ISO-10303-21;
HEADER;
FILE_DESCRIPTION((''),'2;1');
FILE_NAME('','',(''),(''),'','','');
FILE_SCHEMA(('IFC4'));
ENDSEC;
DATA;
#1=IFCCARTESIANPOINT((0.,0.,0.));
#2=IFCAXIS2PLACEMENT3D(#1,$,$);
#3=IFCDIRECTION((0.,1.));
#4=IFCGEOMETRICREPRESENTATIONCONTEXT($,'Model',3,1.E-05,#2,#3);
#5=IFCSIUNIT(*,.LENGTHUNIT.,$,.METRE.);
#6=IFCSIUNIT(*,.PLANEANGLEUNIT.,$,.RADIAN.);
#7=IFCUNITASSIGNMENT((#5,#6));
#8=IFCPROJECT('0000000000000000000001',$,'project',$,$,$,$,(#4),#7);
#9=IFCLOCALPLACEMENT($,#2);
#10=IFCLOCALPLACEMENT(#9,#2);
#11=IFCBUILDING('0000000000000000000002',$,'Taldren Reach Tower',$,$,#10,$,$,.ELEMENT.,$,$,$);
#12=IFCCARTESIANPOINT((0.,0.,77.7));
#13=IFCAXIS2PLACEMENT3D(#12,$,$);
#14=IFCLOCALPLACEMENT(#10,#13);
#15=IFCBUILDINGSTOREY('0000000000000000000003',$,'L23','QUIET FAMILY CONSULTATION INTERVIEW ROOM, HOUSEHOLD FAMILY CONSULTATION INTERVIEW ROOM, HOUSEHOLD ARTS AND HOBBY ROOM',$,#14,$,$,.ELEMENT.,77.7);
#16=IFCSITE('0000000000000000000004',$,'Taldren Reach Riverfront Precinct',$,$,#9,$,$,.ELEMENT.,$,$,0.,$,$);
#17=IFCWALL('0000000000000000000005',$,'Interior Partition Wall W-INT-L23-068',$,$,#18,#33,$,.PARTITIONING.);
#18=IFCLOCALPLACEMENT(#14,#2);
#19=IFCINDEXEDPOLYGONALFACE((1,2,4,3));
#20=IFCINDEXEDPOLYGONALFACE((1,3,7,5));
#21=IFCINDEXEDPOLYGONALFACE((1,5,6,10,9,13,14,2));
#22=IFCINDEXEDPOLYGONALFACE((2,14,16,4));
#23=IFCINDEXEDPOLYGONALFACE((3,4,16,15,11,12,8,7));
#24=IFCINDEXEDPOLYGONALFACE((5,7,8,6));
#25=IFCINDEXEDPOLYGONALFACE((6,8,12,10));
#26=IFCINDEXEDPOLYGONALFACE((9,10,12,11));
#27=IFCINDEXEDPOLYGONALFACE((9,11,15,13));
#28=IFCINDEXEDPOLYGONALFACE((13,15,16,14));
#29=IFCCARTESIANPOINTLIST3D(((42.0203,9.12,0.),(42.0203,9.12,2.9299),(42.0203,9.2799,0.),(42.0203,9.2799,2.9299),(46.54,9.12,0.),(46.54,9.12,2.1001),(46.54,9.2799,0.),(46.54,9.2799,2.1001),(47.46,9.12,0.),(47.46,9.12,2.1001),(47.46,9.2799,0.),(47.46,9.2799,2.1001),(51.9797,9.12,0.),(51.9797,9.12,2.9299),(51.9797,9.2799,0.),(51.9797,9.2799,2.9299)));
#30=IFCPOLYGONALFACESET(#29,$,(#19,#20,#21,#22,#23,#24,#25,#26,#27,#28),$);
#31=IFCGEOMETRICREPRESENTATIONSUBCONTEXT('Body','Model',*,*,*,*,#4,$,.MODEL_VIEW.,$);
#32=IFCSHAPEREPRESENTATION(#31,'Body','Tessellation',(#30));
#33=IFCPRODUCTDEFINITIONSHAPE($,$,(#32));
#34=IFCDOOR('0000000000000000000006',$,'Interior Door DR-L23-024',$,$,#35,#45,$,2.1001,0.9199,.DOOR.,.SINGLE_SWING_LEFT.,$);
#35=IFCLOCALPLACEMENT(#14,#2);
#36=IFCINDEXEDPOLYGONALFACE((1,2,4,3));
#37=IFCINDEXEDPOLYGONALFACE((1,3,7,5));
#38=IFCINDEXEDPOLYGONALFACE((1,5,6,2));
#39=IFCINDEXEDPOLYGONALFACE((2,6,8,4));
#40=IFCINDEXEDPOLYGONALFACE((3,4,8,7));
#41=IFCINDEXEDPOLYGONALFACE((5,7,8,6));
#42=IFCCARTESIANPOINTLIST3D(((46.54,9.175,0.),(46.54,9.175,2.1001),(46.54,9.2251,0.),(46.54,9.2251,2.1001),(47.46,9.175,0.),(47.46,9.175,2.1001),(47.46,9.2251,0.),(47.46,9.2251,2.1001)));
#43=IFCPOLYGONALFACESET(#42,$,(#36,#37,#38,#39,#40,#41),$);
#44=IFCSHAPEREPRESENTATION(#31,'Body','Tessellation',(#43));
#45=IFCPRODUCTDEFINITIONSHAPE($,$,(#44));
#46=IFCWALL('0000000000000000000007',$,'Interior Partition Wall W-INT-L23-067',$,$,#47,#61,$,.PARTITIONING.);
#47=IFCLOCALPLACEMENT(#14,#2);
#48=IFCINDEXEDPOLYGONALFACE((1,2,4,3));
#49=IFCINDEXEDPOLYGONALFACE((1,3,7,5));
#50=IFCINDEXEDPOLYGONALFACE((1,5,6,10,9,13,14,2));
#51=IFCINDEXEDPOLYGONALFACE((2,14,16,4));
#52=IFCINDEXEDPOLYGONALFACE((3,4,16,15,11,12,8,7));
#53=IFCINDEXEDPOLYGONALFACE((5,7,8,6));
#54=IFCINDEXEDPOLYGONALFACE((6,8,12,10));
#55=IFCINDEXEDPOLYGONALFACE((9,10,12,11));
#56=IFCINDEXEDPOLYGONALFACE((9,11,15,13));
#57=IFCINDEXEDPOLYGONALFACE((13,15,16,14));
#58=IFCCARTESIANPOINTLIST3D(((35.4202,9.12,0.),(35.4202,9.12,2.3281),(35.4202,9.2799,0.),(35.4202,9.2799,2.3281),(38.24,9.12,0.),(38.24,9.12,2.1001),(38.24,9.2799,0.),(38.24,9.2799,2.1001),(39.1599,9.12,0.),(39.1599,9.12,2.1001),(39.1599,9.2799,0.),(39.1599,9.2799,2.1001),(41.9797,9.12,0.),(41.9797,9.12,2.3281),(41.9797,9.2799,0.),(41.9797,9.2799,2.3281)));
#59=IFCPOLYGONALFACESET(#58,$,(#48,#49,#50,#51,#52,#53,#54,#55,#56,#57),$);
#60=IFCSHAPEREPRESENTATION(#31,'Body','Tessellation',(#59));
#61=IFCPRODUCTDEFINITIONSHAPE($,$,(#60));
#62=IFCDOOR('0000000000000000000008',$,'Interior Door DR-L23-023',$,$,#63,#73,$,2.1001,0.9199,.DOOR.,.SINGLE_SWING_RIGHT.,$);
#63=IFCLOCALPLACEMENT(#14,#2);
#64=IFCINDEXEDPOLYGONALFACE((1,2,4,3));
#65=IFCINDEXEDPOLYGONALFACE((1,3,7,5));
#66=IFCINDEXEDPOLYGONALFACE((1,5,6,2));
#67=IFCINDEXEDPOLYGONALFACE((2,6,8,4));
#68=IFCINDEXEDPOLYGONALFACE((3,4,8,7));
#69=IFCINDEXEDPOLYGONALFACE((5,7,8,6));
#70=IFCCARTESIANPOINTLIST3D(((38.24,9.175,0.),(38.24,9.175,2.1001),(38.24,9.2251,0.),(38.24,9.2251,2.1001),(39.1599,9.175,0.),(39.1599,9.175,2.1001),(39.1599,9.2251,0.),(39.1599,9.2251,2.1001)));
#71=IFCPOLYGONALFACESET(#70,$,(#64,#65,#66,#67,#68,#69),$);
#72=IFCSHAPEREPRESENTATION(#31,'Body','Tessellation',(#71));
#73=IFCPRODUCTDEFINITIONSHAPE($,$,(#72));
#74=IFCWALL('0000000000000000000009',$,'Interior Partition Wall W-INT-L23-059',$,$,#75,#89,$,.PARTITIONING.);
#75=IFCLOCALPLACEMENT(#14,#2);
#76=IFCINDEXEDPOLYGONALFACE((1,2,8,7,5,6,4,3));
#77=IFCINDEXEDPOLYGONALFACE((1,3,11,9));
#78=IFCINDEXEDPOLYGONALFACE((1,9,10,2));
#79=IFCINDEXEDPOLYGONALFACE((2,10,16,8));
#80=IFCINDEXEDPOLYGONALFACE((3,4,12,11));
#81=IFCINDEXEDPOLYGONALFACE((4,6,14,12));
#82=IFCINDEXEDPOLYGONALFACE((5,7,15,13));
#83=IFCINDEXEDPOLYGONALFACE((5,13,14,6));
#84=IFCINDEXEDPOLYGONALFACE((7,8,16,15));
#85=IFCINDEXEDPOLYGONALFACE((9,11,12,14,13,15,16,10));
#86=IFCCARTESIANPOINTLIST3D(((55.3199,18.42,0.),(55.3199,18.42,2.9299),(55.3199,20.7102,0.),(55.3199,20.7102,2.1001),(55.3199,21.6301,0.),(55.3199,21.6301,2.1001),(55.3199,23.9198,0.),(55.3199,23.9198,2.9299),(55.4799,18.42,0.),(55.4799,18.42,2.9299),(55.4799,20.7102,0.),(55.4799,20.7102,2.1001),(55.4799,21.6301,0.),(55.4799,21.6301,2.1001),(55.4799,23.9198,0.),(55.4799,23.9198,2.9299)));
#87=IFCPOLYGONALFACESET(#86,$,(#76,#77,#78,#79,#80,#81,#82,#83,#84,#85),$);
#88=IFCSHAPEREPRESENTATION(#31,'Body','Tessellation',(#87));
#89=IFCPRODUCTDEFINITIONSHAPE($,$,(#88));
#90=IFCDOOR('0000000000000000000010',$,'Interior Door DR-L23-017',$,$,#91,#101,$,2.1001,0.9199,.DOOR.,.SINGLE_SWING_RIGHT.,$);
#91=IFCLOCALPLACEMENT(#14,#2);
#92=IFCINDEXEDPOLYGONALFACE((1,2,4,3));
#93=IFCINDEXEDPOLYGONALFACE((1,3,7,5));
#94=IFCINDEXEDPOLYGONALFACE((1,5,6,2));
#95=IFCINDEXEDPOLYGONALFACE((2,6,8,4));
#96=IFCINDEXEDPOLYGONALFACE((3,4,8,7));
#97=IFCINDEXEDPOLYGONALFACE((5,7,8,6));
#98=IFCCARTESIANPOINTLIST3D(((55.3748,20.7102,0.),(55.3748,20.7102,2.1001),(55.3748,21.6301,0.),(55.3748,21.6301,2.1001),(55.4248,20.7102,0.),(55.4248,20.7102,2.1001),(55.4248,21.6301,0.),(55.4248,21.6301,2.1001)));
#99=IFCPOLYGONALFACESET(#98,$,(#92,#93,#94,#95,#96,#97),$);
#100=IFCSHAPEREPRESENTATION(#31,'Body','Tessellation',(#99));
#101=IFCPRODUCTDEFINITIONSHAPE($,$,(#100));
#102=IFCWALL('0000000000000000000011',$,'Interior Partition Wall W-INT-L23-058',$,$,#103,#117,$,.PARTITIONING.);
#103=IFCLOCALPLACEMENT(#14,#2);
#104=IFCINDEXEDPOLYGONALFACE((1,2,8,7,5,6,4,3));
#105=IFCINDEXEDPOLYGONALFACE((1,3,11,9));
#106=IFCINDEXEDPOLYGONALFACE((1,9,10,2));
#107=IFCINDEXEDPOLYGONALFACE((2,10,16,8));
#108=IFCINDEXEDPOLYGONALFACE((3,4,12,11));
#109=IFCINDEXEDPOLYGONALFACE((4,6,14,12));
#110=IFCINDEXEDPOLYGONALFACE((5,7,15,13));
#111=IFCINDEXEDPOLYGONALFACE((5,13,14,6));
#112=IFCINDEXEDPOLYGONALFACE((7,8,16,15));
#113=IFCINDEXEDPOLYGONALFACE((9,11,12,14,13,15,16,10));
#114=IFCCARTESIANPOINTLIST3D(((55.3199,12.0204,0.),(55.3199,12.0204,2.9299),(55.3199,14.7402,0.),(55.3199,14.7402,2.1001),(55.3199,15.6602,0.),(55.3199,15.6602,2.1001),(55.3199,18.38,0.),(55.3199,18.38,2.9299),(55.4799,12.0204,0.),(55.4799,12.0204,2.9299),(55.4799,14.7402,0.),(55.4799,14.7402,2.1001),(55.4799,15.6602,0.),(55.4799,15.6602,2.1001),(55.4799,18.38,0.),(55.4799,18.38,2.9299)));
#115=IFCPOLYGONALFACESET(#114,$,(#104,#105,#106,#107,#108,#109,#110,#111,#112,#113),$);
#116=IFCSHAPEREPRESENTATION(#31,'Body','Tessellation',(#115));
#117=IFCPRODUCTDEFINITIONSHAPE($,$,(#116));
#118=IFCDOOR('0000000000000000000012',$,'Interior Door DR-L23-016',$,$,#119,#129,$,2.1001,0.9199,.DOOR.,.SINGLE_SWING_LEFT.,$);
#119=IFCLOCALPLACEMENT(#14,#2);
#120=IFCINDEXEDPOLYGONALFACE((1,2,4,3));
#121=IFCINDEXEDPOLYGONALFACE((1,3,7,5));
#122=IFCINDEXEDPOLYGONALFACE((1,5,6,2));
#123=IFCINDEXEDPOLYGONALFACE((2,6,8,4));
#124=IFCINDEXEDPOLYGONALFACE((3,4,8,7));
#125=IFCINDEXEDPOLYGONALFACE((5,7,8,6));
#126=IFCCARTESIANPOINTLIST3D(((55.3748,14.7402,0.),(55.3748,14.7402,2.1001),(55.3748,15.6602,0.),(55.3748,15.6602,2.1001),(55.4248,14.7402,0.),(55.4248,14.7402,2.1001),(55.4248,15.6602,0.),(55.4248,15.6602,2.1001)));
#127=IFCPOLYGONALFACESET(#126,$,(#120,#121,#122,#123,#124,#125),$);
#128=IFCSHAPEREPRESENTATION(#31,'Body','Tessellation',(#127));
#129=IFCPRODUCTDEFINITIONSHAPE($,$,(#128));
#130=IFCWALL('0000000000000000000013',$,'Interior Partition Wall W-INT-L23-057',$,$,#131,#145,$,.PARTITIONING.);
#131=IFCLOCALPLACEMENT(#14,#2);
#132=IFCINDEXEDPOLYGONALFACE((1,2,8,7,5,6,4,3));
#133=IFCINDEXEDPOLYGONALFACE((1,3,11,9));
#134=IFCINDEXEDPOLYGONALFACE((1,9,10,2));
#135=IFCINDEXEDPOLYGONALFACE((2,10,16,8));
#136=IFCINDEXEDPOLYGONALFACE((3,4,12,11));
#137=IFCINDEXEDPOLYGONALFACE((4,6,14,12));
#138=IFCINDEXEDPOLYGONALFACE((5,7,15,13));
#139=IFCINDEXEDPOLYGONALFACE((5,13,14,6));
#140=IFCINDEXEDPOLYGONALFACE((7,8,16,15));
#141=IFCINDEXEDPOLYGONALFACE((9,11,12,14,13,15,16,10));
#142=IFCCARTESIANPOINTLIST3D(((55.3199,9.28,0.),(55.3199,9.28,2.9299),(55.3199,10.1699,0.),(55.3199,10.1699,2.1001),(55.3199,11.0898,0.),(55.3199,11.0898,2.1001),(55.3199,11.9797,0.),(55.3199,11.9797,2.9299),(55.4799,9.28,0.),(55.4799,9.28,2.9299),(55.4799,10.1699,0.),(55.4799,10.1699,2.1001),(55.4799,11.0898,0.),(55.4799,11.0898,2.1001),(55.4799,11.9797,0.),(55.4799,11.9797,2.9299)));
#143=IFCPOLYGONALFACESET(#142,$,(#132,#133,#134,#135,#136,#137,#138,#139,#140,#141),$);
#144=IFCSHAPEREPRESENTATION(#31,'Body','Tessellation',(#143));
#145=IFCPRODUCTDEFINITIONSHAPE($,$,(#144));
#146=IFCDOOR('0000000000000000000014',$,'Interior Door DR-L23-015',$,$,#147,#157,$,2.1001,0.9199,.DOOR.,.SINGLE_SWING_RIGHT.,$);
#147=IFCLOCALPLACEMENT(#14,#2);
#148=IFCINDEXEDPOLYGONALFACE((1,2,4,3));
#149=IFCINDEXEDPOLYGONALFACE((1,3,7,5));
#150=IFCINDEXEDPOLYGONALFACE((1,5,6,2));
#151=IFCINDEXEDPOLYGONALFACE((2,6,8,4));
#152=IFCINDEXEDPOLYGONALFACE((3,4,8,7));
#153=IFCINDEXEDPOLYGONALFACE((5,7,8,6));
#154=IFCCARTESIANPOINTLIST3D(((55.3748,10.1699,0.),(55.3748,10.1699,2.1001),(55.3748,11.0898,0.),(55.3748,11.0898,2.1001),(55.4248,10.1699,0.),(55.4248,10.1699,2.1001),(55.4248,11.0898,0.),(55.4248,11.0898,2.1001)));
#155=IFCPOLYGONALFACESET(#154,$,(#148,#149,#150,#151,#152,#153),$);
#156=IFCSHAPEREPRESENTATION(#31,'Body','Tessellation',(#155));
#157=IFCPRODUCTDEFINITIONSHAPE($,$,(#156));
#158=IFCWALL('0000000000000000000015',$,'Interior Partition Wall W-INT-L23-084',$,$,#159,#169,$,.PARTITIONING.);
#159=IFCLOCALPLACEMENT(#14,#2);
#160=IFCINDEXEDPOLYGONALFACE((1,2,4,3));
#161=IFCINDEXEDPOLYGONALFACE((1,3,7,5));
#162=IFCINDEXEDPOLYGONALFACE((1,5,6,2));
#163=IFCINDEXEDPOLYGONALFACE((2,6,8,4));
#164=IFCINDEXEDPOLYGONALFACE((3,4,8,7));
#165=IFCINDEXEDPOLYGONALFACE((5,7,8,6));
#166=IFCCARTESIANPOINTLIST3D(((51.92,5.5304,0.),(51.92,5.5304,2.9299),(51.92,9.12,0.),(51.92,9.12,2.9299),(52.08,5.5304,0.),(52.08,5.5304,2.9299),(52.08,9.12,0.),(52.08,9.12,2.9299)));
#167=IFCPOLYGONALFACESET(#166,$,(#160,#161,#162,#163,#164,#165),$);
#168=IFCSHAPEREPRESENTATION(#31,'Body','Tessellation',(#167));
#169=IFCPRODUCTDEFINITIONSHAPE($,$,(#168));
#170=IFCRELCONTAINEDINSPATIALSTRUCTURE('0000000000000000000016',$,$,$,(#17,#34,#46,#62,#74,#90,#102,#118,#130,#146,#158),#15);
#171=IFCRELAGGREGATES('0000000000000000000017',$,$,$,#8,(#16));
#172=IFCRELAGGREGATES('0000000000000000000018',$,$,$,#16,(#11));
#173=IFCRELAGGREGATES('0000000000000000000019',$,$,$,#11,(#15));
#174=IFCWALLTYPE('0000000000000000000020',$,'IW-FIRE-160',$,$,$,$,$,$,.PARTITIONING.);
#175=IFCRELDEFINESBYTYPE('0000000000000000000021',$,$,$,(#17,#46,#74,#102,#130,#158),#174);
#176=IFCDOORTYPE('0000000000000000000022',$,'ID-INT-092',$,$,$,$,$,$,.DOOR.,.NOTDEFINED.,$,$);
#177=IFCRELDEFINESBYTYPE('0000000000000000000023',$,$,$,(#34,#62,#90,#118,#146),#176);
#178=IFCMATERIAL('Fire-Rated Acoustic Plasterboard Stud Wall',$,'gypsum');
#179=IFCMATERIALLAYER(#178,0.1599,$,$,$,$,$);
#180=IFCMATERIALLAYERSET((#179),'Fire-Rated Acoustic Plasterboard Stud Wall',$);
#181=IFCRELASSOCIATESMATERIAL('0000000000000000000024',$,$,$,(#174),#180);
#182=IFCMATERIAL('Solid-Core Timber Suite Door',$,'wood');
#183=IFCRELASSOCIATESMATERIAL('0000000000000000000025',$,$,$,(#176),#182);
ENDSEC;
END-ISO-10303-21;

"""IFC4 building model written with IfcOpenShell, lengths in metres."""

from ifc_helpers import new_model, si_unit, direction, frame, frame_2d, origin, place, context, subcontext, project, spatial, rectangle, extrude, source, transform, mapped, material, layer, layer_set, type_object, element, fill, save


model = new_model("IFC4")

# Units and contexts
model_context = context("Model", 3, precision=1e-05, world=origin(), true_north=direction((0.0, 1.0)))
body_context = subcontext(model_context, "Body", "Model", "MODEL_VIEW")
ifc_project = project(units=[si_unit("LENGTHUNIT", "METRE"), si_unit("PLANEANGLEUNIT", "RADIAN")], contexts=[model_context])

# Site, building, storey
site_placement = place(None, origin())
site = spatial("IfcSite", under=ifc_project, at=site_placement, Name="Taldren Reach Riverfront Precinct", CompositionType="ELEMENT", RefElevation=0.0)
building_placement = place(site_placement, origin())
building = spatial("IfcBuilding", under=site, at=building_placement, Name="Taldren Reach Tower", CompositionType="ELEMENT")
storey_placement = place(building_placement, frame((0.0, 0.0, 77.7)))
storey = spatial("IfcBuildingStorey", under=building, at=storey_placement, Name="L23", Description="QUIET FAMILY CONSULTATION INTERVIEW ROOM, HOUSEHOLD FAMILY CONSULTATION INTERVIEW ROOM, HOUSEHOLD ARTS AND HOBBY ROOM", CompositionType="ELEMENT", Elevation=77.7)

# Shared definitions
ifc_material_1 = material(Name="Fire-Rated Acoustic Plasterboard Stud Wall", Category="gypsum")
ifc_layer_1 = layer(ifc_material_1, 0.1599)
ifc_layer_set_1 = layer_set([ifc_layer_1], Name="Fire-Rated Acoustic Plasterboard Stud Wall")
wall_type_1 = type_object("IfcWallType", Name="IW-FIRE-160", PredefinedType="PARTITIONING", material=ifc_layer_set_1)

# Shared definitions
shared_shape_1 = source(origin(), body_context, "Body", "SweptSolid", [
    extrude(rectangle(XDim=0.9199, YDim=2.1001, at=frame_2d((0.46, 1.05))), frame((0.0, 0.0898, 0.0), z_axis=(0.0, -1.0, 0.0), x_axis=(1.0, 0.0, 0.0)), (0.0, 0.0, 1.0), 0.1799),
])
ifc_material_2 = material(Name="Solid-Core Timber Suite Door", Category="wood")
door_type_1 = type_object("IfcDoorType", Name="ID-INT-092", OperationType="NOTDEFINED", PredefinedType="DOOR", material=ifc_material_2)
shared_shape_2 = source(origin(), body_context, "Body", "SweptSolid", [
    extrude(rectangle(XDim=0.9199, YDim=2.1001, at=frame_2d((0.46, 1.05))), frame((0.0, 0.0249, 0.0), z_axis=(0.0, -1.0, 0.0), x_axis=(1.0, 0.0, 0.0)), (0.0, 0.0, 1.0), 0.05),
])

# Walls, openings, doors
shared_shape_3 = source(origin(), body_context, "Body", "SweptSolid", [
    extrude(rectangle(XDim=9.9595, YDim=0.1599, at=frame_2d((4.9797, 0.0))), origin(), (0.0, 0.0, 1.0), 2.9299),
])
wall_1_placement = place(storey_placement, frame((51.9797, 9.2, 0.0), z_axis=(0.0, 0.0, 1.0), x_axis=(-1.0, 0.0, 0.0)))
wall_1 = element("IfcWall", 1, at=wall_1_placement, inside=storey, type_object=wall_type_1, Name="Interior Partition Wall W-INT-L23-068", PredefinedType="PARTITIONING", context=body_context, shape_type="MappedRepresentation", body=[
    mapped(shared_shape_3, transform((0.0, 0.0, 0.0), scale=1.0)),
])
opening_1_placement = place(wall_1_placement, frame((4.5198, 0.0, 0.0)))
opening_1 = element("IfcOpeningElement", 2, at=opening_1_placement, cuts=wall_1, PredefinedType="OPENING", context=body_context, shape_type="MappedRepresentation", body=[
    mapped(shared_shape_1, transform((0.0, 0.0, 0.0), scale=1.0)),
])
door_1_placement = place(opening_1_placement, origin())
door_1 = element("IfcDoor", 3, at=door_1_placement, inside=storey, type_object=door_type_1, Name="Interior Door DR-L23-024", OperationType="SINGLE_SWING_LEFT", OverallHeight=2.1001, OverallWidth=0.9199, PredefinedType="DOOR", context=body_context, shape_type="MappedRepresentation", body=[
    mapped(shared_shape_2, transform((0.0, 0.0, 0.0), scale=1.0)),
])
fill(opening_1, door_1)
shared_shape_4 = source(origin(), body_context, "Body", "SweptSolid", [
    extrude(rectangle(XDim=6.5596, YDim=0.1599, at=frame_2d((3.2798, 0.0))), origin(), (0.0, 0.0, 1.0), 2.3281),
])
wall_2_placement = place(storey_placement, frame((41.9797, 9.2, 0.0), z_axis=(0.0, 0.0, 1.0), x_axis=(-1.0, 0.0, 0.0)))
wall_2 = element("IfcWall", 4, at=wall_2_placement, inside=storey, type_object=wall_type_1, Name="Interior Partition Wall W-INT-L23-067", PredefinedType="PARTITIONING", context=body_context, shape_type="MappedRepresentation", body=[
    mapped(shared_shape_4, transform((0.0, 0.0, 0.0), scale=1.0)),
])
opening_2_placement = place(wall_2_placement, frame((2.8198, 0.0, 0.0)))
opening_2 = element("IfcOpeningElement", 5, at=opening_2_placement, cuts=wall_2, PredefinedType="OPENING", context=body_context, shape_type="MappedRepresentation", body=[
    mapped(shared_shape_1, transform((0.0, 0.0, 0.0), scale=1.0)),
])
door_2_placement = place(opening_2_placement, origin())
door_2 = element("IfcDoor", 6, at=door_2_placement, inside=storey, type_object=door_type_1, Name="Interior Door DR-L23-023", OperationType="SINGLE_SWING_RIGHT", OverallHeight=2.1001, OverallWidth=0.9199, PredefinedType="DOOR", context=body_context, shape_type="MappedRepresentation", body=[
    mapped(shared_shape_2, transform((0.0, 0.0, 0.0), scale=1.0)),
])
fill(opening_2, door_2)
shared_shape_5 = source(origin(), body_context, "Body", "SweptSolid", [
    extrude(rectangle(XDim=5.4998, YDim=0.1599, at=frame_2d((2.75, 0.0))), origin(), (0.0, 0.0, 1.0), 2.9299),
])
wall_3_placement = place(storey_placement, frame((55.3999, 23.9199, 0.0), z_axis=(0.0, 0.0, 1.0), x_axis=(0.0, -1.0, 0.0)))
wall_3 = element("IfcWall", 7, at=wall_3_placement, inside=storey, type_object=wall_type_1, Name="Interior Partition Wall W-INT-L23-059", PredefinedType="PARTITIONING", context=body_context, shape_type="MappedRepresentation", body=[
    mapped(shared_shape_5, transform((0.0, 0.0, 0.0), scale=1.0)),
])
opening_3_placement = place(wall_3_placement, frame((2.2898, 0.0, 0.0)))
opening_3 = element("IfcOpeningElement", 8, at=opening_3_placement, cuts=wall_3, PredefinedType="OPENING", context=body_context, shape_type="MappedRepresentation", body=[
    mapped(shared_shape_1, transform((0.0, 0.0, 0.0), scale=1.0)),
])
door_3_placement = place(opening_3_placement, origin())
door_3 = element("IfcDoor", 9, at=door_3_placement, inside=storey, type_object=door_type_1, Name="Interior Door DR-L23-017", OperationType="SINGLE_SWING_RIGHT", OverallHeight=2.1001, OverallWidth=0.9199, PredefinedType="DOOR", context=body_context, shape_type="MappedRepresentation", body=[
    mapped(shared_shape_2, transform((0.0, 0.0, 0.0), scale=1.0)),
])
fill(opening_3, door_3)
shared_shape_6 = source(origin(), body_context, "Body", "SweptSolid", [
    extrude(rectangle(XDim=6.3596, YDim=0.1599, at=frame_2d((3.1797, 0.0))), origin(), (0.0, 0.0, 1.0), 2.9299),
])
wall_4_placement = place(storey_placement, frame((55.3999, 18.3799, 0.0), z_axis=(0.0, 0.0, 1.0), x_axis=(0.0, -1.0, 0.0)))
wall_4 = element("IfcWall", 10, at=wall_4_placement, inside=storey, type_object=wall_type_1, Name="Interior Partition Wall W-INT-L23-058", PredefinedType="PARTITIONING", context=body_context, shape_type="MappedRepresentation", body=[
    mapped(shared_shape_6, transform((0.0, 0.0, 0.0), scale=1.0)),
])
opening_4_placement = place(wall_4_placement, frame((2.7197, 0.0, 0.0)))
opening_4 = element("IfcOpeningElement", 11, at=opening_4_placement, cuts=wall_4, PredefinedType="OPENING", context=body_context, shape_type="MappedRepresentation", body=[
    mapped(shared_shape_1, transform((0.0, 0.0, 0.0), scale=1.0)),
])
door_4_placement = place(opening_4_placement, origin())
door_4 = element("IfcDoor", 12, at=door_4_placement, inside=storey, type_object=door_type_1, Name="Interior Door DR-L23-016", OperationType="SINGLE_SWING_LEFT", OverallHeight=2.1001, OverallWidth=0.9199, PredefinedType="DOOR", context=body_context, shape_type="MappedRepresentation", body=[
    mapped(shared_shape_2, transform((0.0, 0.0, 0.0), scale=1.0)),
])
fill(opening_4, door_4)
shared_shape_7 = source(origin(), body_context, "Body", "SweptSolid", [
    extrude(rectangle(XDim=2.6997, YDim=0.1599, at=frame_2d((1.3499, 0.0))), origin(), (0.0, 0.0, 1.0), 2.9299),
])
wall_5_placement = place(storey_placement, frame((55.3999, 11.9797, 0.0), z_axis=(0.0, 0.0, 1.0), x_axis=(0.0, -1.0, 0.0)))
wall_5 = element("IfcWall", 13, at=wall_5_placement, inside=storey, type_object=wall_type_1, Name="Interior Partition Wall W-INT-L23-057", PredefinedType="PARTITIONING", context=body_context, shape_type="MappedRepresentation", body=[
    mapped(shared_shape_7, transform((0.0, 0.0, 0.0), scale=1.0)),
])
opening_5_placement = place(wall_5_placement, frame((0.8899, 0.0, 0.0)))
opening_5 = element("IfcOpeningElement", 14, at=opening_5_placement, cuts=wall_5, PredefinedType="OPENING", context=body_context, shape_type="MappedRepresentation", body=[
    mapped(shared_shape_1, transform((0.0, 0.0, 0.0), scale=1.0)),
])
door_5_placement = place(opening_5_placement, origin())
door_5 = element("IfcDoor", 15, at=door_5_placement, inside=storey, type_object=door_type_1, Name="Interior Door DR-L23-015", OperationType="SINGLE_SWING_RIGHT", OverallHeight=2.1001, OverallWidth=0.9199, PredefinedType="DOOR", context=body_context, shape_type="MappedRepresentation", body=[
    mapped(shared_shape_2, transform((0.0, 0.0, 0.0), scale=1.0)),
])
fill(opening_5, door_5)

# Wall
shared_shape_8 = source(origin(), body_context, "Body", "SweptSolid", [
    extrude(rectangle(XDim=3.5896, YDim=0.1599, at=frame_2d((1.7949, 0.0))), origin(), (0.0, 0.0, 1.0), 2.9299),
])
wall_6_placement = place(storey_placement, frame((52.0, 9.1201, 0.0), z_axis=(0.0, 0.0, 1.0), x_axis=(0.0, -1.0, 0.0)))
element("IfcWall", 16, at=wall_6_placement, inside=storey, type_object=wall_type_1, Name="Interior Partition Wall W-INT-L23-084", PredefinedType="PARTITIONING", context=body_context, shape_type="MappedRepresentation", body=[
    mapped(shared_shape_8, transform((0.0, 0.0, 0.0), scale=1.0)),
])

save(model, "model.ifc")
